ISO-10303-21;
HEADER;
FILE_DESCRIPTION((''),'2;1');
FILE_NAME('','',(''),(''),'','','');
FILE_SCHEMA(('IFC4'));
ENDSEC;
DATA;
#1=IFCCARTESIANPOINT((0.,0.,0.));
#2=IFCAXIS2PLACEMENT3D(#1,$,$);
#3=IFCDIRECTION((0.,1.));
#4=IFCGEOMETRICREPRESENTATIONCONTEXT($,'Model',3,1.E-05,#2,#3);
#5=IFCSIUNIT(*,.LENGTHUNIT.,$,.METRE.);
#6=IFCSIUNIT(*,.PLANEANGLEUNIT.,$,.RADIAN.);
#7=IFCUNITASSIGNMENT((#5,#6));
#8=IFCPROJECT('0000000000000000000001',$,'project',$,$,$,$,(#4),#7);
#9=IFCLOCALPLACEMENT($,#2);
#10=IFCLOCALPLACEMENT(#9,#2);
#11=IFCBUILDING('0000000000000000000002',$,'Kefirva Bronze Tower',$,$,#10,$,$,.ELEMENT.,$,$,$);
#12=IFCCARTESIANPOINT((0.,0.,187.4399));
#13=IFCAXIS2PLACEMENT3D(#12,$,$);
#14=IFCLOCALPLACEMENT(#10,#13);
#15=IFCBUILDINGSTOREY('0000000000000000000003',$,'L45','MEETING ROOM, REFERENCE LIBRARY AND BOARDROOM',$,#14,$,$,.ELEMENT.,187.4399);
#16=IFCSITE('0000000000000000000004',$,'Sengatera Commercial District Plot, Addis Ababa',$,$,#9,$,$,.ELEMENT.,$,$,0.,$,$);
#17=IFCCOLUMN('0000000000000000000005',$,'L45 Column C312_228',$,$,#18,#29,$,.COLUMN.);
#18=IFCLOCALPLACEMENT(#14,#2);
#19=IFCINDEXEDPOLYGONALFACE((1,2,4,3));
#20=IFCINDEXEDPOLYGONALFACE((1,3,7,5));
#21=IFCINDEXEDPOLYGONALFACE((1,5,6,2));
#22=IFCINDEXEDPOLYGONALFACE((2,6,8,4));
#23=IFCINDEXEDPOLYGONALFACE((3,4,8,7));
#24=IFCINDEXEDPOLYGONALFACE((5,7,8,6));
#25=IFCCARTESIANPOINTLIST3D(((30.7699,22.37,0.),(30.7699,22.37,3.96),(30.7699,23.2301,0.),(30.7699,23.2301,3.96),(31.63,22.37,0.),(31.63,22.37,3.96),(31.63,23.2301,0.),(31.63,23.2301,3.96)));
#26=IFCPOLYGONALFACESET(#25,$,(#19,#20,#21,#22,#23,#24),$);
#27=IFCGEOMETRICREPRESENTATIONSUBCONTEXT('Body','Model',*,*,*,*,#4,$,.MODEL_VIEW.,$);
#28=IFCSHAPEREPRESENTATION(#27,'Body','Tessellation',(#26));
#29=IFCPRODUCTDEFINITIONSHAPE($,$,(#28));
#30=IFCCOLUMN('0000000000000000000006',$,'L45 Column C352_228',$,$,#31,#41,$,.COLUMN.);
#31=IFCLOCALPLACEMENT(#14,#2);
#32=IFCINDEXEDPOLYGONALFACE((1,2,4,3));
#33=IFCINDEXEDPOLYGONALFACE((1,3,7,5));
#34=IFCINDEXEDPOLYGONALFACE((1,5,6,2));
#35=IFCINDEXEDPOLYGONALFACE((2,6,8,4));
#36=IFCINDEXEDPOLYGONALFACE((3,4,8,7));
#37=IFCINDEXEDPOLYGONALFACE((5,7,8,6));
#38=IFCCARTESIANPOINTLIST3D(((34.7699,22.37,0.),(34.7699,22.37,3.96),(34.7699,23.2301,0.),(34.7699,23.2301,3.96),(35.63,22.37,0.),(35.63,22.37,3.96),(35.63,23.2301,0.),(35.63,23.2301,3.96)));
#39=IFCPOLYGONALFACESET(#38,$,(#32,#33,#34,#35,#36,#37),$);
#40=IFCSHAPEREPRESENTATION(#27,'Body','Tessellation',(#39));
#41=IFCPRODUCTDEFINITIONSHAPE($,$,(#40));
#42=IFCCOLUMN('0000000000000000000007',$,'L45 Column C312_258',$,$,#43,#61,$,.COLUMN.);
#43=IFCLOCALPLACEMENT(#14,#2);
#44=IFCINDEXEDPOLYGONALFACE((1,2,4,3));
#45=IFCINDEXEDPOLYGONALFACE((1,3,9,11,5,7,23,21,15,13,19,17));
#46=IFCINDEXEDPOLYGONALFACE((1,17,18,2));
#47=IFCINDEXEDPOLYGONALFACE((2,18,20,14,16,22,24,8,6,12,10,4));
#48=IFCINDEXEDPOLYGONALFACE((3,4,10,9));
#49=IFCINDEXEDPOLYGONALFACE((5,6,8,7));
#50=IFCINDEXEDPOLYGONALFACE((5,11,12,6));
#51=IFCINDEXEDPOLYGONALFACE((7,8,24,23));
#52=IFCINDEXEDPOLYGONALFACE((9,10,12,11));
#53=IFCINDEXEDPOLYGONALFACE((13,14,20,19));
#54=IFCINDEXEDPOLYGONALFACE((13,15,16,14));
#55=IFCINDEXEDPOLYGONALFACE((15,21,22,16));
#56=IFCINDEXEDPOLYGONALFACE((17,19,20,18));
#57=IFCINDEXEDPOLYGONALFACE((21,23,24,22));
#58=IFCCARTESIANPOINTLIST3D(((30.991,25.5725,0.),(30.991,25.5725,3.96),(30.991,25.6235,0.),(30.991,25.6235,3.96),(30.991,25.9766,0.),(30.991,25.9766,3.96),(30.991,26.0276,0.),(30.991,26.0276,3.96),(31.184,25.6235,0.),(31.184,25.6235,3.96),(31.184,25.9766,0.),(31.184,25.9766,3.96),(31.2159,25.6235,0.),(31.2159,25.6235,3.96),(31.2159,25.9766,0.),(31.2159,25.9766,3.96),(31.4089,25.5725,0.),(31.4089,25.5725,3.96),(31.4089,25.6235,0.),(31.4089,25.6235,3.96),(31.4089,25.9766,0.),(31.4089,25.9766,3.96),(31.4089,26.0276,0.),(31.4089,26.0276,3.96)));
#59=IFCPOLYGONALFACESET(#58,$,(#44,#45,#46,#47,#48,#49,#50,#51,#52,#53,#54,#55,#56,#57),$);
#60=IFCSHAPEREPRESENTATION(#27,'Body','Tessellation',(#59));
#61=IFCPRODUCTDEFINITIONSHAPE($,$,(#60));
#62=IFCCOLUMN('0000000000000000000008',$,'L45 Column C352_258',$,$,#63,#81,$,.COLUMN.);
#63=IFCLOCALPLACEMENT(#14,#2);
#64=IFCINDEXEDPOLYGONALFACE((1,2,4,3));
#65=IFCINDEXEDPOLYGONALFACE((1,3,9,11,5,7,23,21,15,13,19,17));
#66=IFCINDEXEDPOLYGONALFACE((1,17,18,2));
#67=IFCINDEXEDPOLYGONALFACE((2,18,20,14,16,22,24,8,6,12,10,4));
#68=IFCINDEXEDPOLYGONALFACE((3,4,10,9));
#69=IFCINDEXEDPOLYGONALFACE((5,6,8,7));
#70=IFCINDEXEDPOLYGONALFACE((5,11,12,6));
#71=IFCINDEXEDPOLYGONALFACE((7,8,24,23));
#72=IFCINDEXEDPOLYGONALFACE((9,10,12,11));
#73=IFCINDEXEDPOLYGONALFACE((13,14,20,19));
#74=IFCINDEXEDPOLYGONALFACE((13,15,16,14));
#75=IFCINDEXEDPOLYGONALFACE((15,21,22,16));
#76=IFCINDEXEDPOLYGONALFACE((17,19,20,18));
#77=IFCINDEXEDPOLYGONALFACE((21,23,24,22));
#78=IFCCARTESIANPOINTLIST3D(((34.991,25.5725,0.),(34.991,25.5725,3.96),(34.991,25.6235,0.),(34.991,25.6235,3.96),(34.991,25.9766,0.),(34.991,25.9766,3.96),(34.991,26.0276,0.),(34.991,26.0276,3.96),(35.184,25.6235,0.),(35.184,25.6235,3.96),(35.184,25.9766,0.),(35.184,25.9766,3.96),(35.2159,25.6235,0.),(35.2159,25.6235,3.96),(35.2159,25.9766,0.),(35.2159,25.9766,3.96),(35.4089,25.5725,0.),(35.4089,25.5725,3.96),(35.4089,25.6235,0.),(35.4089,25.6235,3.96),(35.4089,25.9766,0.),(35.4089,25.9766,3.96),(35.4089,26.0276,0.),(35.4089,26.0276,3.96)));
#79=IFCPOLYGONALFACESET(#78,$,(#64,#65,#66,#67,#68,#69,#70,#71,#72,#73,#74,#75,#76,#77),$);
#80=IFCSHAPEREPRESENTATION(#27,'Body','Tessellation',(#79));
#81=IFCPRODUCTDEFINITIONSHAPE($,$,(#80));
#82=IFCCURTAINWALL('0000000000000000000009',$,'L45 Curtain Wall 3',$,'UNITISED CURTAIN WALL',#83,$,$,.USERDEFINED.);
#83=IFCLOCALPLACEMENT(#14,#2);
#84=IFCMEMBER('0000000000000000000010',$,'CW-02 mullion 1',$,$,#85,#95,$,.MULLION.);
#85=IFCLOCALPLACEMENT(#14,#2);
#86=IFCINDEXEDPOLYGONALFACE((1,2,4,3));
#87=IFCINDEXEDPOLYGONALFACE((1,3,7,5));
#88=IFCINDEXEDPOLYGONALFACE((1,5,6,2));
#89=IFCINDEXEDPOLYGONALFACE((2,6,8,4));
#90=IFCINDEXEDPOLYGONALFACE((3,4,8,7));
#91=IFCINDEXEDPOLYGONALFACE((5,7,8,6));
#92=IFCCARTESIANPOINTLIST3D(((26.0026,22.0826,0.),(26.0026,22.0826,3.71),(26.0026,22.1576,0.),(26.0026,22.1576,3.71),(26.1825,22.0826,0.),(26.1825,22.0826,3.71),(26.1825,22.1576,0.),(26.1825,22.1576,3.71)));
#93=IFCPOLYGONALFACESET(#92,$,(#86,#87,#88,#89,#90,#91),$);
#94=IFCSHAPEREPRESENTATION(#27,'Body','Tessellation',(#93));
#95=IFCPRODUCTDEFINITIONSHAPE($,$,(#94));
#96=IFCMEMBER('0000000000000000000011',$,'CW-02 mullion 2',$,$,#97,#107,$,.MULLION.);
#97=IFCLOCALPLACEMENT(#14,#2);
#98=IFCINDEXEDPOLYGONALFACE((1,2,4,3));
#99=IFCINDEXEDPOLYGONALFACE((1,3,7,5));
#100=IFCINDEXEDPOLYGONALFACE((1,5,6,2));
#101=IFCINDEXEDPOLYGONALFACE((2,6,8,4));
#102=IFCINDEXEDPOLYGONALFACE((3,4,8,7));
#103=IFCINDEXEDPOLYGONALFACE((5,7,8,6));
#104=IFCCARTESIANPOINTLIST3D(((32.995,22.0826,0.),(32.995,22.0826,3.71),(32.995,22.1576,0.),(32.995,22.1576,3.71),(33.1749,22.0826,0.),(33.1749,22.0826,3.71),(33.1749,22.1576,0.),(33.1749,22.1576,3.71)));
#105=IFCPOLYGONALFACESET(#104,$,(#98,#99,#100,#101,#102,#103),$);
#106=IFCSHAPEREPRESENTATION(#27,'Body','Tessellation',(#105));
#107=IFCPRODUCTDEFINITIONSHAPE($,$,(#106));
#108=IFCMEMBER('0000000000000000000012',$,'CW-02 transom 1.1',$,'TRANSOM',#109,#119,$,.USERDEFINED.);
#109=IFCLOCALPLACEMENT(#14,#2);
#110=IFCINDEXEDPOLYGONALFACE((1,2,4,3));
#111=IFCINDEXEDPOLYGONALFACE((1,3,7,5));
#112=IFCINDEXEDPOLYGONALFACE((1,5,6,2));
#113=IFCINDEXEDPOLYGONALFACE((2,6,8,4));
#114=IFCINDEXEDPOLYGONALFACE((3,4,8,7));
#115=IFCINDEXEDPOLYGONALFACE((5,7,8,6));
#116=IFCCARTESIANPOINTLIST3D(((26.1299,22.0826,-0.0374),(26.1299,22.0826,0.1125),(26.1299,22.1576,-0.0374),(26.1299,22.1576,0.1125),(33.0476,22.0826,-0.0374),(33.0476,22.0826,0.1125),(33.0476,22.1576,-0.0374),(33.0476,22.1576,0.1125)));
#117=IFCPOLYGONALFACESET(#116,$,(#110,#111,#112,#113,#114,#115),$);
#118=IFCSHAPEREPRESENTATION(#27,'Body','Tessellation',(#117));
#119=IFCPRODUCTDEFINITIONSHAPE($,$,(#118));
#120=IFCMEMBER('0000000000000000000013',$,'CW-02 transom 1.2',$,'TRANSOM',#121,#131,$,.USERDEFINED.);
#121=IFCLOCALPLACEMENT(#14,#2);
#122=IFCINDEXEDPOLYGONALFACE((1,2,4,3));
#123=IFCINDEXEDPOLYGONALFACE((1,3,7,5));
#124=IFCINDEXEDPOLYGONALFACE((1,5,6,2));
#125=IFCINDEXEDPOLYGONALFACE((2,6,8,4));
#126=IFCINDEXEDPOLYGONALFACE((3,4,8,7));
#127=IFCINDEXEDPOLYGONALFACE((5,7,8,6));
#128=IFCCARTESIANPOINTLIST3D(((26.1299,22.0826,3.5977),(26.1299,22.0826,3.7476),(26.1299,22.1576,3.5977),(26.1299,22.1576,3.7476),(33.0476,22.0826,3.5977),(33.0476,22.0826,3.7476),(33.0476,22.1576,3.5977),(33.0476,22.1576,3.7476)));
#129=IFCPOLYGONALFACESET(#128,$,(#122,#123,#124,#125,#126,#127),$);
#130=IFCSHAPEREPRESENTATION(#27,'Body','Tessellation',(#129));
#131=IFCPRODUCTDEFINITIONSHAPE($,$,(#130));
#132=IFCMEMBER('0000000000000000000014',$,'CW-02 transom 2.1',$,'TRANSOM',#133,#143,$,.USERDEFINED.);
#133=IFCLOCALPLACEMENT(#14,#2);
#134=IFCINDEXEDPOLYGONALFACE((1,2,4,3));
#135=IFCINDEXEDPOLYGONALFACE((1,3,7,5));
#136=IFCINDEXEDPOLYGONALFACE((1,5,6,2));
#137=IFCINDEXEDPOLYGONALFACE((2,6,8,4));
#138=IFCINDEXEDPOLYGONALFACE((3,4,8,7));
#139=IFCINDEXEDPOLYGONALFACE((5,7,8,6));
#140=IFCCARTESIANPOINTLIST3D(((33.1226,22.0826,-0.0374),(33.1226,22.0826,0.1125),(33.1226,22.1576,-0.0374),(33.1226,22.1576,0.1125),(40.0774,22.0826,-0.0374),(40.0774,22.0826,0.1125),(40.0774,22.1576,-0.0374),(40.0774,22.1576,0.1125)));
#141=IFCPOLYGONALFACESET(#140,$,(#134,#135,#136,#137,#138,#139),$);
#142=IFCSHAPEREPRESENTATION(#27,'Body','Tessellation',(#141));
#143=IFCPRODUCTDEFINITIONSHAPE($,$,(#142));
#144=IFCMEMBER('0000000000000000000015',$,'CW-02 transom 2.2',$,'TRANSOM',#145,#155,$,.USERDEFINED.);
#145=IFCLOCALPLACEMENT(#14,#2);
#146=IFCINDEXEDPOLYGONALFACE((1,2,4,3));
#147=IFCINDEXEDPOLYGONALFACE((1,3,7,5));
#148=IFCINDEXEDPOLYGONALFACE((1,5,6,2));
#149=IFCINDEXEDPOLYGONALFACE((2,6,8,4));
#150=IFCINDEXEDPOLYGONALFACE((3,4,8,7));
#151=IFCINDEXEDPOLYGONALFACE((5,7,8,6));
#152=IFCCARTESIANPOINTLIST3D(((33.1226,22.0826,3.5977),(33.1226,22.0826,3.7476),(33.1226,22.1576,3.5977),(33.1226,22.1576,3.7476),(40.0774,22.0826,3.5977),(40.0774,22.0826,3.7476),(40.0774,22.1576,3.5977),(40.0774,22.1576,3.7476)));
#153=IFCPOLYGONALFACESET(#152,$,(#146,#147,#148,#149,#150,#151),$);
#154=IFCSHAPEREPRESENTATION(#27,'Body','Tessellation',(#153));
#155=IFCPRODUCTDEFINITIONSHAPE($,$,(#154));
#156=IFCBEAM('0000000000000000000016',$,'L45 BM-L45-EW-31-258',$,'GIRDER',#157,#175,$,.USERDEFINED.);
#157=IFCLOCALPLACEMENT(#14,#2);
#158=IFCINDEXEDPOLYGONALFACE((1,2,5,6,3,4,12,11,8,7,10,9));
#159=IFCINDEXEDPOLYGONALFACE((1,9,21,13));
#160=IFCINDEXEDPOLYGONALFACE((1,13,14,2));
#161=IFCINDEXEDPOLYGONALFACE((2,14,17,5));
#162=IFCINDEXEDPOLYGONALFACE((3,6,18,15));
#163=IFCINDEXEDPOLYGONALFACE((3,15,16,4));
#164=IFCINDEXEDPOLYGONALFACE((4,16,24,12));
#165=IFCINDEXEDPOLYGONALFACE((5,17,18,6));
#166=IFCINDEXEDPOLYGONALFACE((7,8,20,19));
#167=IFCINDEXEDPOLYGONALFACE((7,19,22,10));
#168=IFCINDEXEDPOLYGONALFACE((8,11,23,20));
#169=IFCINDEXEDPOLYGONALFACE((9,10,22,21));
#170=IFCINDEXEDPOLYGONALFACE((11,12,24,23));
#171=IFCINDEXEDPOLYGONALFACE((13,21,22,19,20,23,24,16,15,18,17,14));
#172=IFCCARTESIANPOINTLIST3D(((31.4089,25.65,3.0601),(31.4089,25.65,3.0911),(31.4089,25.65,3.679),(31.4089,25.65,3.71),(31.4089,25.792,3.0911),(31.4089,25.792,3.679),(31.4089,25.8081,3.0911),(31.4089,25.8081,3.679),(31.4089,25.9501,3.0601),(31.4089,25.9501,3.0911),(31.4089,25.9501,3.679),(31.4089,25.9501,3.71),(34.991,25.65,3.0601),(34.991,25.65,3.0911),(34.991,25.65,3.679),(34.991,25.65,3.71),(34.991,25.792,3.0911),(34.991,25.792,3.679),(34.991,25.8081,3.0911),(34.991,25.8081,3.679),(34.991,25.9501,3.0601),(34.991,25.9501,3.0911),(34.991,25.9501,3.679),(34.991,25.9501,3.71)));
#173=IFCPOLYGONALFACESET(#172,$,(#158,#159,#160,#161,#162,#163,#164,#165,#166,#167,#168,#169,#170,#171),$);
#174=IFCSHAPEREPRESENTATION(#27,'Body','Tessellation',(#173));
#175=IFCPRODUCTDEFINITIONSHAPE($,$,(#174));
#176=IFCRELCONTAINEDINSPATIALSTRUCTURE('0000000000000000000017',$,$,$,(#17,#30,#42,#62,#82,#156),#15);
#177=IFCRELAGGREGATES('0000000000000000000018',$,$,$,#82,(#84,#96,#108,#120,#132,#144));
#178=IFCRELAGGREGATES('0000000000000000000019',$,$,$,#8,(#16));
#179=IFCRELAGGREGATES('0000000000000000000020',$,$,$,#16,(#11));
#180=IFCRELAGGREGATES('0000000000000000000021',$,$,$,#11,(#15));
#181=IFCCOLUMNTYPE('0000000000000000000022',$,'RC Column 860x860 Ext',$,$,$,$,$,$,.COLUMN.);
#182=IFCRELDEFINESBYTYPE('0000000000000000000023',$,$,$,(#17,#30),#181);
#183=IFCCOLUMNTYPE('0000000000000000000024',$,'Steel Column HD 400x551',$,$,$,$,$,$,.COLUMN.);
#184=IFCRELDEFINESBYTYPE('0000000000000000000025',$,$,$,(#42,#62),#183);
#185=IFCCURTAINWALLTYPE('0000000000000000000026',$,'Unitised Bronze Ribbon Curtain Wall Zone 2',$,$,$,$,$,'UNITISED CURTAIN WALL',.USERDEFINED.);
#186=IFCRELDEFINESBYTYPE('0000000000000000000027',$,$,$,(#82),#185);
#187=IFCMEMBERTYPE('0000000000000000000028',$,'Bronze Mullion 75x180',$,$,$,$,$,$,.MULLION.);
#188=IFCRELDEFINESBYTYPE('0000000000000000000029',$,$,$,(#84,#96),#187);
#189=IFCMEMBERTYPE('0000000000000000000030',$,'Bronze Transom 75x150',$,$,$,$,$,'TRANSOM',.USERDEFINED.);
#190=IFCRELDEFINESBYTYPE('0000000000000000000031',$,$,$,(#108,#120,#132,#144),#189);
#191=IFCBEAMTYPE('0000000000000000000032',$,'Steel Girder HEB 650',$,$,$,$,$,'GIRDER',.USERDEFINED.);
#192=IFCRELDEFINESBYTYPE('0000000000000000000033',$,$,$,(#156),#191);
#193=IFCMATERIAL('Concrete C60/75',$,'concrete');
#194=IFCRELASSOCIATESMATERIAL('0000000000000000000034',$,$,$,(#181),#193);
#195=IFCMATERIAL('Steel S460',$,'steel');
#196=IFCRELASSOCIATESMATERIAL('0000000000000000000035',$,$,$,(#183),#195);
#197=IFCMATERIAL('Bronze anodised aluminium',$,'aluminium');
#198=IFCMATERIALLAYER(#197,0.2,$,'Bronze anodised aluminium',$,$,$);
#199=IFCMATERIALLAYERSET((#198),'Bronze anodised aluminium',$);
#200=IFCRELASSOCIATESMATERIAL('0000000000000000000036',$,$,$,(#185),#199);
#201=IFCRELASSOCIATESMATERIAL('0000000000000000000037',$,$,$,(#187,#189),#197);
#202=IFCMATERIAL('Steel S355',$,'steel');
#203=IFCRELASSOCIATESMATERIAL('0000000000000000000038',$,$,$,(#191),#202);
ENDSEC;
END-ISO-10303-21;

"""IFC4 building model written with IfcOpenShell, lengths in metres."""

from ifc_helpers import new_model, si_unit, direction, frame, origin, origin_2d, place, context, subcontext, project, spatial, rectangle, i_section, extrude, material, layer, layer_set, material_profile, profile_set, type_object, element, aggregate, save


model = new_model("IFC4")

# Units and contexts
model_context = context("Model", 3, precision=1e-05, world=origin(), true_north=direction((0.0, 1.0)))
body_context = subcontext(model_context, "Body", "Model", "MODEL_VIEW")
ifc_project = project(units=[si_unit("LENGTHUNIT", "METRE"), si_unit("PLANEANGLEUNIT", "RADIAN")], contexts=[model_context])

# Site, building, storey
site_placement = place(None, origin())
site = spatial("IfcSite", under=ifc_project, at=site_placement, Name="Sengatera Commercial District Plot, Addis Ababa", CompositionType="ELEMENT", RefElevation=0.0)
building_placement = place(site_placement, origin())
building = spatial("IfcBuilding", under=site, at=building_placement, Name="Kefirva Bronze Tower", CompositionType="ELEMENT")
storey_placement = place(building_placement, frame((0.0, 0.0, 187.4399)))
storey = spatial("IfcBuildingStorey", under=building, at=storey_placement, Name="L45", Description="MEETING ROOM, REFERENCE LIBRARY AND BOARDROOM", CompositionType="ELEMENT", Elevation=187.4399)

# Columns
ifc_material_1 = material(Name="Concrete C60/75", Category="concrete")
ifc_material_profile_1 = material_profile(ifc_material_1, rectangle(XDim=0.8601, YDim=0.8601, at=origin_2d()), Name="RC 860x860")
ifc_profile_set_1 = profile_set([ifc_material_profile_1], Name="Concrete C60/75")
column_type_1 = type_object("IfcColumnType", Name="RC Column 860x860 Ext", PredefinedType="COLUMN", material=ifc_profile_set_1)
for number, where, z_axis, x_axis, name in (
    (1, (31.2, 22.8, 0.0), (0.0, 0.0, 1.0), (1.0, 0.0, 0.0), "L45 Column C312_228"),
    (2, (35.2, 22.8, 0.0), (0.0, 0.0, 1.0), (1.0, 0.0, 0.0), "L45 Column C352_228"),
):
    element("IfcColumn", number, at=place(storey_placement, frame(where, z_axis=z_axis, x_axis=x_axis)), inside=storey, type_object=column_type_1, Name=name, PredefinedType="COLUMN", context=body_context, shape_type="SweptSolid", body=[
        extrude(rectangle(XDim=0.8601, YDim=0.8601, at=origin_2d()), origin(), (0.0, 0.0, 1.0), 3.96),
    ])
ifc_material_2 = material(Name="Steel S460", Category="steel")
ifc_material_profile_2 = material_profile(ifc_material_2, i_section(OverallWidth=0.418, OverallDepth=0.4551, WebThickness=0.032, FlangeThickness=0.051, at=origin_2d()), Name="HD 400x551")
ifc_profile_set_2 = profile_set([ifc_material_profile_2], Name="Steel S460")
column_type_2 = type_object("IfcColumnType", Name="Steel Column HD 400x551", PredefinedType="COLUMN", material=ifc_profile_set_2)
for number, where, z_axis, x_axis, name in (
    (3, (31.2, 25.8, 0.0), (0.0, 0.0, 1.0), (1.0, 0.0, 0.0), "L45 Column C312_258"),
    (4, (35.2, 25.8, 0.0), (0.0, 0.0, 1.0), (1.0, 0.0, 0.0), "L45 Column C352_258"),
):
    element("IfcColumn", number, at=place(storey_placement, frame(where, z_axis=z_axis, x_axis=x_axis)), inside=storey, type_object=column_type_2, Name=name, PredefinedType="COLUMN", context=body_context, shape_type="SweptSolid", body=[
        extrude(i_section(OverallWidth=0.418, OverallDepth=0.4551, WebThickness=0.032, FlangeThickness=0.051, at=origin_2d()), origin(), (0.0, 0.0, 1.0), 3.96),
    ])

# Curtain wall, members
ifc_material_3 = material(Name="Bronze anodised aluminium", Category="aluminium")
ifc_layer_1 = layer(ifc_material_3, 0.2, Name="Bronze anodised aluminium")
ifc_layer_set_1 = layer_set([ifc_layer_1], Name="Bronze anodised aluminium")
curtain_wall_type = type_object("IfcCurtainWallType", Name="Unitised Bronze Ribbon Curtain Wall Zone 2", ElementType="UNITISED CURTAIN WALL", PredefinedType="USERDEFINED", material=ifc_layer_set_1)
curtain_wall_placement = place(storey_placement, origin())
curtain_wall = element("IfcCurtainWall", 5, at=curtain_wall_placement, inside=storey, type_object=curtain_wall_type, Name="L45 Curtain Wall 3", ObjectType="UNITISED CURTAIN WALL", PredefinedType="USERDEFINED")
ifc_material_profile_3 = material_profile(ifc_material_3, rectangle(XDim=0.075, YDim=0.1799, at=origin_2d()), Name="ALU 75x180")
ifc_profile_set_3 = profile_set([ifc_material_profile_3], Name="Bronze anodised aluminium")
member_type_1 = type_object("IfcMemberType", Name="Bronze Mullion 75x180", PredefinedType="MULLION", material=ifc_profile_set_3)
member_1_placement = place(storey_placement, frame((26.0925, 22.1201, 0.0), z_axis=(0.0, 0.0, 1.0), x_axis=(0.0, 1.0, 0.0)))
member_1 = element("IfcMember", 6, at=member_1_placement, type_object=member_type_1, Name="CW-02 mullion 1", PredefinedType="MULLION", context=body_context, shape_type="SweptSolid", body=[
    extrude(rectangle(XDim=0.075, YDim=0.1799, at=origin_2d()), origin(), (0.0, 0.0, 1.0), 3.71),
])
member_2_placement = place(storey_placement, frame((33.085, 22.1201, 0.0), z_axis=(0.0, 0.0, 1.0), x_axis=(0.0, 1.0, 0.0)))
member_2 = element("IfcMember", 7, at=member_2_placement, type_object=member_type_1, Name="CW-02 mullion 2", PredefinedType="MULLION", context=body_context, shape_type="SweptSolid", body=[
    extrude(rectangle(XDim=0.075, YDim=0.1799, at=origin_2d()), origin(), (0.0, 0.0, 1.0), 3.71),
])
ifc_material_profile_4 = material_profile(ifc_material_3, rectangle(XDim=0.075, YDim=0.1499, at=origin_2d()), Name="ALU 75x150")
ifc_profile_set_4 = profile_set([ifc_material_profile_4], Name="Bronze anodised aluminium")
member_type_2 = type_object("IfcMemberType", Name="Bronze Transom 75x150", ElementType="TRANSOM", PredefinedType="USERDEFINED", material=ifc_profile_set_4)
member_3_placement = place(storey_placement, frame((26.1299, 22.1201, 0.0376), z_axis=(1.0, 0.0, 0.0), x_axis=(0.0, 1.0, 0.0)))
member_3 = element("IfcMember", 8, at=member_3_placement, type_object=member_type_2, Name="CW-02 transom 1.1", ObjectType="TRANSOM", PredefinedType="USERDEFINED", context=body_context, shape_type="SweptSolid", body=[
    extrude(rectangle(XDim=0.075, YDim=0.1499, at=origin_2d()), origin(), (0.0, 0.0, 1.0), 6.9177),
])
member_4_placement = place(storey_placement, frame((26.1299, 22.1201, 3.6726), z_axis=(1.0, 0.0, 0.0), x_axis=(0.0, 1.0, 0.0)))
member_4 = element("IfcMember", 9, at=member_4_placement, type_object=member_type_2, Name="CW-02 transom 1.2", ObjectType="TRANSOM", PredefinedType="USERDEFINED", context=body_context, shape_type="SweptSolid", body=[
    extrude(rectangle(XDim=0.075, YDim=0.1499, at=origin_2d()), origin(), (0.0, 0.0, 1.0), 6.9177),
])
member_5_placement = place(storey_placement, frame((33.1226, 22.1201, 0.0376), z_axis=(1.0, 0.0, 0.0), x_axis=(0.0, 1.0, 0.0)))
member_5 = element("IfcMember", 10, at=member_5_placement, type_object=member_type_2, Name="CW-02 transom 2.1", ObjectType="TRANSOM", PredefinedType="USERDEFINED", context=body_context, shape_type="SweptSolid", body=[
    extrude(rectangle(XDim=0.075, YDim=0.1499, at=origin_2d()), origin(), (0.0, 0.0, 1.0), 6.9548),
])
member_6_placement = place(storey_placement, frame((33.1226, 22.1201, 3.6726), z_axis=(1.0, 0.0, 0.0), x_axis=(0.0, 1.0, 0.0)))
member_6 = element("IfcMember", 11, at=member_6_placement, type_object=member_type_2, Name="CW-02 transom 2.2", ObjectType="TRANSOM", PredefinedType="USERDEFINED", context=body_context, shape_type="SweptSolid", body=[
    extrude(rectangle(XDim=0.075, YDim=0.1499, at=origin_2d()), origin(), (0.0, 0.0, 1.0), 6.9548),
])

# Beam
ifc_material_4 = material(Name="Steel S355", Category="steel")
ifc_material_profile_5 = material_profile(ifc_material_4, i_section(OverallWidth=0.3, OverallDepth=0.6499, WebThickness=0.0161, FlangeThickness=0.031, at=origin_2d()), Name="HEB 650")
ifc_profile_set_5 = profile_set([ifc_material_profile_5], Name="Steel S355")
beam_type_1 = type_object("IfcBeamType", Name="Steel Girder HEB 650", ElementType="GIRDER", PredefinedType="USERDEFINED", material=ifc_profile_set_5)
beam_1_placement = place(storey_placement, frame((31.4089, 25.8, 3.385), z_axis=(1.0, 0.0, 0.0), x_axis=(0.0, 1.0, 0.0)))
element("IfcBeam", 12, at=beam_1_placement, inside=storey, type_object=beam_type_1, Name="L45 BM-L45-EW-31-258", ObjectType="GIRDER", PredefinedType="USERDEFINED", context=body_context, shape_type="SweptSolid", body=[
    extrude(i_section(OverallWidth=0.3, OverallDepth=0.6499, WebThickness=0.0161, FlangeThickness=0.031, at=origin_2d()), origin(), (0.0, 0.0, 1.0), 3.582),
])

aggregate(curtain_wall, [member_1, member_2, member_3, member_4, member_5, member_6])

save(model, "model.ifc")
